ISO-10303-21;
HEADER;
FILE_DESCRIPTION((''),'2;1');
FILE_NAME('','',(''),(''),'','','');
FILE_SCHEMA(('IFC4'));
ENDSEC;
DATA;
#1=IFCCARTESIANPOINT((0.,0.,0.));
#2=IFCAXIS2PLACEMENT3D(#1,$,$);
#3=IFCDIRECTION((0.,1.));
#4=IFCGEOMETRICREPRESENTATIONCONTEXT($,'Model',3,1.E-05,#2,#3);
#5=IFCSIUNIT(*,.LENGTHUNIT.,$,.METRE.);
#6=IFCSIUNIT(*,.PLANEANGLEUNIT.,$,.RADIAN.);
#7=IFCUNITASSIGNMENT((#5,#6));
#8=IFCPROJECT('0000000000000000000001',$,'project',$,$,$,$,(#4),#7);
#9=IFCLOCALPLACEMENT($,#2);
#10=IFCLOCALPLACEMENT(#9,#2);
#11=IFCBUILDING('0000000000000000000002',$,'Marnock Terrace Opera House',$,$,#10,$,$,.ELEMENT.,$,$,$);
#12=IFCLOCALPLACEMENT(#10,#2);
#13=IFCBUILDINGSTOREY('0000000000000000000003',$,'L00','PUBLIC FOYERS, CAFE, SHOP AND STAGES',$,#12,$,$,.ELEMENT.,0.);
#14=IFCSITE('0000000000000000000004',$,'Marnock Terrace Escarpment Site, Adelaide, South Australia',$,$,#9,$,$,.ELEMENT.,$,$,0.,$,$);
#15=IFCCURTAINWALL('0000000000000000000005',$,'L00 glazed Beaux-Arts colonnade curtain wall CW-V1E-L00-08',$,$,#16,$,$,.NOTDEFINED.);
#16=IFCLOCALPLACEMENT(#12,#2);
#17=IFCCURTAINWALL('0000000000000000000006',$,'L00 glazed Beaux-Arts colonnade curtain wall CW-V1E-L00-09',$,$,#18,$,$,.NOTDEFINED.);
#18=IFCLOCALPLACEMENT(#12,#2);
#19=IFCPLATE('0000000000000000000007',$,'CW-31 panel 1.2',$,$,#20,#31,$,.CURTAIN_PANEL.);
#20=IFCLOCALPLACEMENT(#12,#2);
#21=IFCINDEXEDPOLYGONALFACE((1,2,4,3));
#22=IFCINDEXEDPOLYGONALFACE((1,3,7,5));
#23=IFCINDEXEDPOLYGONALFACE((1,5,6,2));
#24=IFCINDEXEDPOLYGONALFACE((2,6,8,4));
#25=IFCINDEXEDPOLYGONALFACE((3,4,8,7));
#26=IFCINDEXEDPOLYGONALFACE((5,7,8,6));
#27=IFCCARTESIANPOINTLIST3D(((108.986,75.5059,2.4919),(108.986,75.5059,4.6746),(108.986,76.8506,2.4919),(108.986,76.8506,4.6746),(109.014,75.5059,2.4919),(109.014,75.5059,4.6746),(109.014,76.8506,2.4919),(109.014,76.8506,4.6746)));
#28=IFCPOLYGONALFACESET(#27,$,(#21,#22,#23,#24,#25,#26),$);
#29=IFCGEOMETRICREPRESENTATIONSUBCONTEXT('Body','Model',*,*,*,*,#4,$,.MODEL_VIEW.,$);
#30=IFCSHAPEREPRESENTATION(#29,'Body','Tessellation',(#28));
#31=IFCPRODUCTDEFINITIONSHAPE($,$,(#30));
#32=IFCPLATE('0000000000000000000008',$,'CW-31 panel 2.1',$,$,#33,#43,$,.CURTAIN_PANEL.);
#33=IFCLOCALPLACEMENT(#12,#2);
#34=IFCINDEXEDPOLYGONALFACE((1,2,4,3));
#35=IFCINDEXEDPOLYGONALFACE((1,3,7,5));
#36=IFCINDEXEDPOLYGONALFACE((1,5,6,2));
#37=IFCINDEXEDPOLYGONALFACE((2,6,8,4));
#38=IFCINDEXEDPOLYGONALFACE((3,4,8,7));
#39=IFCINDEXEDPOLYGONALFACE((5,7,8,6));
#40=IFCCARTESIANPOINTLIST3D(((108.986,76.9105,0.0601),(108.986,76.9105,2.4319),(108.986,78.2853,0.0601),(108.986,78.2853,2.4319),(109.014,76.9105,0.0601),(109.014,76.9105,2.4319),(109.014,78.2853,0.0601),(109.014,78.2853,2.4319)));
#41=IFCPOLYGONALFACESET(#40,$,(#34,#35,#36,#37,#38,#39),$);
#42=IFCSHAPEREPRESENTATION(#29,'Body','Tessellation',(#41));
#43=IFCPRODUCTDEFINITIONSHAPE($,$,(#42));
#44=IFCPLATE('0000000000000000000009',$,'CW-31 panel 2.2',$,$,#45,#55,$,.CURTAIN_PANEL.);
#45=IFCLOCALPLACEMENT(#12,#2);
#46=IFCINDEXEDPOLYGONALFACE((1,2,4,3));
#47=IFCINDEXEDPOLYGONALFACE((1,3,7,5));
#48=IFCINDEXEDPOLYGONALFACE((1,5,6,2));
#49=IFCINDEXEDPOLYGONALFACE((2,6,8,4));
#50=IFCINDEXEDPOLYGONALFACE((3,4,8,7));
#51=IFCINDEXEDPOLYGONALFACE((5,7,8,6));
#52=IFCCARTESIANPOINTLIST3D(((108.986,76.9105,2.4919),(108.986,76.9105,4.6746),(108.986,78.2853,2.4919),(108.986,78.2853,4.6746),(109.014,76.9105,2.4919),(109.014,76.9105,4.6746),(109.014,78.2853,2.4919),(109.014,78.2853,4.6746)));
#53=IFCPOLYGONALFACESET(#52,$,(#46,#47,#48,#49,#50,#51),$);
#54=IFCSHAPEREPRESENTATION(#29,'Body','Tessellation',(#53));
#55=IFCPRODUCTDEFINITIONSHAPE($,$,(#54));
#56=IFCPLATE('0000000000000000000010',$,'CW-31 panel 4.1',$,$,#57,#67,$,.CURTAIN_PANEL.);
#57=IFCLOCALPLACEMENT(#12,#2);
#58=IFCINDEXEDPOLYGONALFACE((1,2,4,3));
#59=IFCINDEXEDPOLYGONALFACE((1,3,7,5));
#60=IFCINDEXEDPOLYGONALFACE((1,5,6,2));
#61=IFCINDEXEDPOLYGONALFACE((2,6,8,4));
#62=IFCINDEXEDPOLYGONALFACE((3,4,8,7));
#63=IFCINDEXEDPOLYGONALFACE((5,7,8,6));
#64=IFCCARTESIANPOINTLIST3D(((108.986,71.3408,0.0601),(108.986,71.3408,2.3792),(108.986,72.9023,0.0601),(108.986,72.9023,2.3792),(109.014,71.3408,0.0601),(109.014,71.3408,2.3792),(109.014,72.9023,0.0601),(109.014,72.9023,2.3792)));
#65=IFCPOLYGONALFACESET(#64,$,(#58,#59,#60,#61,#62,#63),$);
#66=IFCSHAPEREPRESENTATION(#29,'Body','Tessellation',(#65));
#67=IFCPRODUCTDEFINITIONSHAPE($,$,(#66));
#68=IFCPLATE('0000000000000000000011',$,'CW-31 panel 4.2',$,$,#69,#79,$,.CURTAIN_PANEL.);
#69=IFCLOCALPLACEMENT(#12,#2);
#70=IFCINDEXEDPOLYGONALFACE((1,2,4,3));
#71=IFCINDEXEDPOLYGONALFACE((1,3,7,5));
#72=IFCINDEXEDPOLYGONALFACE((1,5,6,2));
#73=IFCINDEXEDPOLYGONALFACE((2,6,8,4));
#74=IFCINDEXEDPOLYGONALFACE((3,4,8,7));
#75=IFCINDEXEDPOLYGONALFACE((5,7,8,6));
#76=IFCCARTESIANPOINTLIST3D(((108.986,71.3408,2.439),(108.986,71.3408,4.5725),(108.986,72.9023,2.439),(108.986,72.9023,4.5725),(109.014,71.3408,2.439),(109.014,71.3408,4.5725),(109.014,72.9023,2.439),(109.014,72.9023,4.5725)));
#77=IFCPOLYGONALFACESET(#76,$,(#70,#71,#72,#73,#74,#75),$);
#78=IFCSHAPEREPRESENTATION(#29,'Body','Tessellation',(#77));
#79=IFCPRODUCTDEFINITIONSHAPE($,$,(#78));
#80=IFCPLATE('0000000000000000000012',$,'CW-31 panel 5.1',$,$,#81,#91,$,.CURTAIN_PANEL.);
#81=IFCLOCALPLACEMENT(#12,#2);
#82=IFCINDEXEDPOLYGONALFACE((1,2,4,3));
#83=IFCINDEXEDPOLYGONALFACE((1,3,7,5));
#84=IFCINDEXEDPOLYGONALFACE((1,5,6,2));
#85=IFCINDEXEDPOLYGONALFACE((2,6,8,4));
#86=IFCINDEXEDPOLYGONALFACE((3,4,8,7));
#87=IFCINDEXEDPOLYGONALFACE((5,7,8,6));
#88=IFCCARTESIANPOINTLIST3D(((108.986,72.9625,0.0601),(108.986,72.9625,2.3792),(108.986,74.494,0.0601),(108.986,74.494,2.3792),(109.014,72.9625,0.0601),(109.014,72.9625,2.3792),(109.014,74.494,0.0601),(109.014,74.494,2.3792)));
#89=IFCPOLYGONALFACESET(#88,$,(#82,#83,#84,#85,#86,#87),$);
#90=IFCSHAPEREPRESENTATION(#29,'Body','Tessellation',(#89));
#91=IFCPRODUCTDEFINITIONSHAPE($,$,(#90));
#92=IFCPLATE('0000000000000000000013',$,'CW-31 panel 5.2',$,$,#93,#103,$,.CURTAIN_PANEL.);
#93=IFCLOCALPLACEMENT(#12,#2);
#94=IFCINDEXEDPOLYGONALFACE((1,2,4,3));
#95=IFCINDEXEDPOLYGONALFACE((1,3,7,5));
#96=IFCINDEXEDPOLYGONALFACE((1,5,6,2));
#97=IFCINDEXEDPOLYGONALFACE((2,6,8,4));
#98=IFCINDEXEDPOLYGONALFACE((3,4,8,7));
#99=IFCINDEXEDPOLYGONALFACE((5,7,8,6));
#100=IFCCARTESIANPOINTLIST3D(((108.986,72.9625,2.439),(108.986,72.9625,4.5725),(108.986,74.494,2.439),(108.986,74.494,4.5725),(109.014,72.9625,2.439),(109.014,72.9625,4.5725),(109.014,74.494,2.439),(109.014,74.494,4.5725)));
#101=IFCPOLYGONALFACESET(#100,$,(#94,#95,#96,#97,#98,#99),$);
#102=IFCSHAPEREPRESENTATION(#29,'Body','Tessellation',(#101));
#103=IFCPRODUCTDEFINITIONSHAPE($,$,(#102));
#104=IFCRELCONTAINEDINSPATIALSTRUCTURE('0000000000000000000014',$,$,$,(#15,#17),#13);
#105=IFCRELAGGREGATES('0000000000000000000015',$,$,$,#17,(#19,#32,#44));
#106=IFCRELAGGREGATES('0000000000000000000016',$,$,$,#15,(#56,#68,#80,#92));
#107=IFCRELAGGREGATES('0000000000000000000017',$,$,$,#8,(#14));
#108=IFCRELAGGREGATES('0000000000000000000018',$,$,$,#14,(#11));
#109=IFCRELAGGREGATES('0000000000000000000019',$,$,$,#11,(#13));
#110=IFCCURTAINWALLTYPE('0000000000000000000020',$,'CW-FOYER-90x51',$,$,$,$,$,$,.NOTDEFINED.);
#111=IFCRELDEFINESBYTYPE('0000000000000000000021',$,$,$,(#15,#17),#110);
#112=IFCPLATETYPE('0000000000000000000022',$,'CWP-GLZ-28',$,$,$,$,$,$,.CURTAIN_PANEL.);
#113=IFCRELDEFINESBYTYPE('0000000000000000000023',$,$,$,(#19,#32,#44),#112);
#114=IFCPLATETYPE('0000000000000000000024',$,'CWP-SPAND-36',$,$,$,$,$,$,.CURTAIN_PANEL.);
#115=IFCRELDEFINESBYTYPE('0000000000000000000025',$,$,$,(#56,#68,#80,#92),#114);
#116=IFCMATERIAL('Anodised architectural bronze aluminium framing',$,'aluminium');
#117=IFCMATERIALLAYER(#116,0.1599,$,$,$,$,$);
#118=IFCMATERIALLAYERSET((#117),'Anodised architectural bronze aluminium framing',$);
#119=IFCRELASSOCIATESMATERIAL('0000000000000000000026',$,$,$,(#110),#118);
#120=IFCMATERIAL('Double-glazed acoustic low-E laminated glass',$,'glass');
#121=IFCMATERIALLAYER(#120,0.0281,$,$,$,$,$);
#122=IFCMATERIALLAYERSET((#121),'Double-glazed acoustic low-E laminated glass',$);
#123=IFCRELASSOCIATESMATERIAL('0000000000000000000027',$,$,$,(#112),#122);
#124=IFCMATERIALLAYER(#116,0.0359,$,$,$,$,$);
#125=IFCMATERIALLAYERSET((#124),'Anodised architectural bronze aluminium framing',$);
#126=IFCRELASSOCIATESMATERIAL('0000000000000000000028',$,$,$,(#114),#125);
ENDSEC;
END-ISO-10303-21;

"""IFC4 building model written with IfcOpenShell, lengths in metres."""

from ifc_helpers import new_model, si_unit, direction, frame, origin, origin_2d, place, context, subcontext, project, spatial, rectangle, extrude, material, layer, layer_set, type_object, element, aggregate, save


model = new_model("IFC4")

# Units and contexts
model_context = context("Model", 3, precision=1e-05, world=origin(), true_north=direction((0.0, 1.0)))
body_context = subcontext(model_context, "Body", "Model", "MODEL_VIEW")
ifc_project = project(units=[si_unit("LENGTHUNIT", "METRE"), si_unit("PLANEANGLEUNIT", "RADIAN")], contexts=[model_context])

# Site, building, storey
site_placement = place(None, origin())
site = spatial("IfcSite", under=ifc_project, at=site_placement, Name="Marnock Terrace Escarpment Site, Adelaide, South Australia", CompositionType="ELEMENT", RefElevation=0.0)
building_placement = place(site_placement, origin())
building = spatial("IfcBuilding", under=site, at=building_placement, Name="Marnock Terrace Opera House", CompositionType="ELEMENT")
storey_placement = place(building_placement, origin())
storey = spatial("IfcBuildingStorey", under=building, at=storey_placement, Name="L00", Description="PUBLIC FOYERS, CAFE, SHOP AND STAGES", CompositionType="ELEMENT", Elevation=0.0)

# Curtain walls
ifc_material_1 = material(Name="Anodised architectural bronze aluminium framing", Category="aluminium")
ifc_layer_1 = layer(ifc_material_1, 0.1599)
ifc_layer_set_1 = layer_set([ifc_layer_1], Name="Anodised architectural bronze aluminium framing")
curtain_wall_type = type_object("IfcCurtainWallType", Name="CW-FOYER-90x51", PredefinedType="NOTDEFINED", material=ifc_layer_set_1)
curtain_wall_1_placement = place(storey_placement, origin())
curtain_wall_1 = element("IfcCurtainWall", 1, at=curtain_wall_1_placement, inside=storey, type_object=curtain_wall_type, Name="L00 glazed Beaux-Arts colonnade curtain wall CW-V1E-L00-08", PredefinedType="NOTDEFINED")
curtain_wall_2_placement = place(storey_placement, origin())
curtain_wall_2 = element("IfcCurtainWall", 2, at=curtain_wall_2_placement, inside=storey, type_object=curtain_wall_type, Name="L00 glazed Beaux-Arts colonnade curtain wall CW-V1E-L00-09", PredefinedType="NOTDEFINED")

# Plates
ifc_material_2 = material(Name="Double-glazed acoustic low-E laminated glass", Category="glass")
ifc_layer_2 = layer(ifc_material_2, 0.0281)
ifc_layer_set_2 = layer_set([ifc_layer_2], Name="Double-glazed acoustic low-E laminated glass")
plate_type_1 = type_object("IfcPlateType", Name="CWP-GLZ-28", PredefinedType="CURTAIN_PANEL", material=ifc_layer_set_2)
plate_1_placement = place(storey_placement, frame((109.0, 76.1782, 2.4919), z_axis=(0.0, 0.0, 1.0), x_axis=(0.0, 1.0, 0.0)))
plate_1 = element("IfcPlate", 3, at=plate_1_placement, type_object=plate_type_1, Name="CW-31 panel 1.2", PredefinedType="CURTAIN_PANEL", context=body_context, shape_type="SweptSolid", body=[
    extrude(rectangle(XDim=1.3447, YDim=0.0281, at=origin_2d()), origin(), (0.0, 0.0, 1.0), 2.1826),
])
plate_2_placement = place(storey_placement, frame((109.0, 77.5979, 0.0601), z_axis=(0.0, 0.0, 1.0), x_axis=(0.0, 1.0, 0.0)))
plate_2 = element("IfcPlate", 4, at=plate_2_placement, type_object=plate_type_1, Name="CW-31 panel 2.1", PredefinedType="CURTAIN_PANEL", context=body_context, shape_type="SweptSolid", body=[
    extrude(rectangle(XDim=1.3748, YDim=0.0281, at=origin_2d()), origin(), (0.0, 0.0, 1.0), 2.3718),
])
plate_3_placement = place(storey_placement, frame((109.0, 77.5979, 2.4919), z_axis=(0.0, 0.0, 1.0), x_axis=(0.0, 1.0, 0.0)))
plate_3 = element("IfcPlate", 5, at=plate_3_placement, type_object=plate_type_1, Name="CW-31 panel 2.2", PredefinedType="CURTAIN_PANEL", context=body_context, shape_type="SweptSolid", body=[
    extrude(rectangle(XDim=1.3748, YDim=0.0281, at=origin_2d()), origin(), (0.0, 0.0, 1.0), 2.1826),
])
aggregate(curtain_wall_2, [plate_1, plate_2, plate_3])
ifc_layer_3 = layer(ifc_material_1, 0.0359)
ifc_layer_set_3 = layer_set([ifc_layer_3], Name="Anodised architectural bronze aluminium framing")
plate_type_2 = type_object("IfcPlateType", Name="CWP-SPAND-36", PredefinedType="CURTAIN_PANEL", material=ifc_layer_set_3)
plate_4_placement = place(storey_placement, frame((109.0, 72.1216, 0.0601), z_axis=(0.0, 0.0, 1.0), x_axis=(0.0, 1.0, 0.0)))
plate_4 = element("IfcPlate", 6, at=plate_4_placement, type_object=plate_type_2, Name="CW-31 panel 4.1", PredefinedType="CURTAIN_PANEL", context=body_context, shape_type="SweptSolid", body=[
    extrude(rectangle(XDim=1.5615, YDim=0.0281, at=origin_2d()), origin(), (0.0, 0.0, 1.0), 2.3191),
])
plate_5_placement = place(storey_placement, frame((109.0, 72.1216, 2.439), z_axis=(0.0, 0.0, 1.0), x_axis=(0.0, 1.0, 0.0)))
plate_5 = element("IfcPlate", 7, at=plate_5_placement, type_object=plate_type_2, Name="CW-31 panel 4.2", PredefinedType="CURTAIN_PANEL", context=body_context, shape_type="SweptSolid", body=[
    extrude(rectangle(XDim=1.5615, YDim=0.0281, at=origin_2d()), origin(), (0.0, 0.0, 1.0), 2.1335),
])
plate_6_placement = place(storey_placement, frame((109.0, 73.7283, 0.0601), z_axis=(0.0, 0.0, 1.0), x_axis=(0.0, 1.0, 0.0)))
plate_6 = element("IfcPlate", 8, at=plate_6_placement, type_object=plate_type_2, Name="CW-31 panel 5.1", PredefinedType="CURTAIN_PANEL", context=body_context, shape_type="SweptSolid", body=[
    extrude(rectangle(XDim=1.5315, YDim=0.0281, at=origin_2d()), origin(), (0.0, 0.0, 1.0), 2.3191),
])
plate_7_placement = place(storey_placement, frame((109.0, 73.7283, 2.439), z_axis=(0.0, 0.0, 1.0), x_axis=(0.0, 1.0, 0.0)))
plate_7 = element("IfcPlate", 9, at=plate_7_placement, type_object=plate_type_2, Name="CW-31 panel 5.2", PredefinedType="CURTAIN_PANEL", context=body_context, shape_type="SweptSolid", body=[
    extrude(rectangle(XDim=1.5315, YDim=0.0281, at=origin_2d()), origin(), (0.0, 0.0, 1.0), 2.1335),
])
aggregate(curtain_wall_1, [plate_4, plate_5, plate_6, plate_7])

save(model, "model.ifc")
